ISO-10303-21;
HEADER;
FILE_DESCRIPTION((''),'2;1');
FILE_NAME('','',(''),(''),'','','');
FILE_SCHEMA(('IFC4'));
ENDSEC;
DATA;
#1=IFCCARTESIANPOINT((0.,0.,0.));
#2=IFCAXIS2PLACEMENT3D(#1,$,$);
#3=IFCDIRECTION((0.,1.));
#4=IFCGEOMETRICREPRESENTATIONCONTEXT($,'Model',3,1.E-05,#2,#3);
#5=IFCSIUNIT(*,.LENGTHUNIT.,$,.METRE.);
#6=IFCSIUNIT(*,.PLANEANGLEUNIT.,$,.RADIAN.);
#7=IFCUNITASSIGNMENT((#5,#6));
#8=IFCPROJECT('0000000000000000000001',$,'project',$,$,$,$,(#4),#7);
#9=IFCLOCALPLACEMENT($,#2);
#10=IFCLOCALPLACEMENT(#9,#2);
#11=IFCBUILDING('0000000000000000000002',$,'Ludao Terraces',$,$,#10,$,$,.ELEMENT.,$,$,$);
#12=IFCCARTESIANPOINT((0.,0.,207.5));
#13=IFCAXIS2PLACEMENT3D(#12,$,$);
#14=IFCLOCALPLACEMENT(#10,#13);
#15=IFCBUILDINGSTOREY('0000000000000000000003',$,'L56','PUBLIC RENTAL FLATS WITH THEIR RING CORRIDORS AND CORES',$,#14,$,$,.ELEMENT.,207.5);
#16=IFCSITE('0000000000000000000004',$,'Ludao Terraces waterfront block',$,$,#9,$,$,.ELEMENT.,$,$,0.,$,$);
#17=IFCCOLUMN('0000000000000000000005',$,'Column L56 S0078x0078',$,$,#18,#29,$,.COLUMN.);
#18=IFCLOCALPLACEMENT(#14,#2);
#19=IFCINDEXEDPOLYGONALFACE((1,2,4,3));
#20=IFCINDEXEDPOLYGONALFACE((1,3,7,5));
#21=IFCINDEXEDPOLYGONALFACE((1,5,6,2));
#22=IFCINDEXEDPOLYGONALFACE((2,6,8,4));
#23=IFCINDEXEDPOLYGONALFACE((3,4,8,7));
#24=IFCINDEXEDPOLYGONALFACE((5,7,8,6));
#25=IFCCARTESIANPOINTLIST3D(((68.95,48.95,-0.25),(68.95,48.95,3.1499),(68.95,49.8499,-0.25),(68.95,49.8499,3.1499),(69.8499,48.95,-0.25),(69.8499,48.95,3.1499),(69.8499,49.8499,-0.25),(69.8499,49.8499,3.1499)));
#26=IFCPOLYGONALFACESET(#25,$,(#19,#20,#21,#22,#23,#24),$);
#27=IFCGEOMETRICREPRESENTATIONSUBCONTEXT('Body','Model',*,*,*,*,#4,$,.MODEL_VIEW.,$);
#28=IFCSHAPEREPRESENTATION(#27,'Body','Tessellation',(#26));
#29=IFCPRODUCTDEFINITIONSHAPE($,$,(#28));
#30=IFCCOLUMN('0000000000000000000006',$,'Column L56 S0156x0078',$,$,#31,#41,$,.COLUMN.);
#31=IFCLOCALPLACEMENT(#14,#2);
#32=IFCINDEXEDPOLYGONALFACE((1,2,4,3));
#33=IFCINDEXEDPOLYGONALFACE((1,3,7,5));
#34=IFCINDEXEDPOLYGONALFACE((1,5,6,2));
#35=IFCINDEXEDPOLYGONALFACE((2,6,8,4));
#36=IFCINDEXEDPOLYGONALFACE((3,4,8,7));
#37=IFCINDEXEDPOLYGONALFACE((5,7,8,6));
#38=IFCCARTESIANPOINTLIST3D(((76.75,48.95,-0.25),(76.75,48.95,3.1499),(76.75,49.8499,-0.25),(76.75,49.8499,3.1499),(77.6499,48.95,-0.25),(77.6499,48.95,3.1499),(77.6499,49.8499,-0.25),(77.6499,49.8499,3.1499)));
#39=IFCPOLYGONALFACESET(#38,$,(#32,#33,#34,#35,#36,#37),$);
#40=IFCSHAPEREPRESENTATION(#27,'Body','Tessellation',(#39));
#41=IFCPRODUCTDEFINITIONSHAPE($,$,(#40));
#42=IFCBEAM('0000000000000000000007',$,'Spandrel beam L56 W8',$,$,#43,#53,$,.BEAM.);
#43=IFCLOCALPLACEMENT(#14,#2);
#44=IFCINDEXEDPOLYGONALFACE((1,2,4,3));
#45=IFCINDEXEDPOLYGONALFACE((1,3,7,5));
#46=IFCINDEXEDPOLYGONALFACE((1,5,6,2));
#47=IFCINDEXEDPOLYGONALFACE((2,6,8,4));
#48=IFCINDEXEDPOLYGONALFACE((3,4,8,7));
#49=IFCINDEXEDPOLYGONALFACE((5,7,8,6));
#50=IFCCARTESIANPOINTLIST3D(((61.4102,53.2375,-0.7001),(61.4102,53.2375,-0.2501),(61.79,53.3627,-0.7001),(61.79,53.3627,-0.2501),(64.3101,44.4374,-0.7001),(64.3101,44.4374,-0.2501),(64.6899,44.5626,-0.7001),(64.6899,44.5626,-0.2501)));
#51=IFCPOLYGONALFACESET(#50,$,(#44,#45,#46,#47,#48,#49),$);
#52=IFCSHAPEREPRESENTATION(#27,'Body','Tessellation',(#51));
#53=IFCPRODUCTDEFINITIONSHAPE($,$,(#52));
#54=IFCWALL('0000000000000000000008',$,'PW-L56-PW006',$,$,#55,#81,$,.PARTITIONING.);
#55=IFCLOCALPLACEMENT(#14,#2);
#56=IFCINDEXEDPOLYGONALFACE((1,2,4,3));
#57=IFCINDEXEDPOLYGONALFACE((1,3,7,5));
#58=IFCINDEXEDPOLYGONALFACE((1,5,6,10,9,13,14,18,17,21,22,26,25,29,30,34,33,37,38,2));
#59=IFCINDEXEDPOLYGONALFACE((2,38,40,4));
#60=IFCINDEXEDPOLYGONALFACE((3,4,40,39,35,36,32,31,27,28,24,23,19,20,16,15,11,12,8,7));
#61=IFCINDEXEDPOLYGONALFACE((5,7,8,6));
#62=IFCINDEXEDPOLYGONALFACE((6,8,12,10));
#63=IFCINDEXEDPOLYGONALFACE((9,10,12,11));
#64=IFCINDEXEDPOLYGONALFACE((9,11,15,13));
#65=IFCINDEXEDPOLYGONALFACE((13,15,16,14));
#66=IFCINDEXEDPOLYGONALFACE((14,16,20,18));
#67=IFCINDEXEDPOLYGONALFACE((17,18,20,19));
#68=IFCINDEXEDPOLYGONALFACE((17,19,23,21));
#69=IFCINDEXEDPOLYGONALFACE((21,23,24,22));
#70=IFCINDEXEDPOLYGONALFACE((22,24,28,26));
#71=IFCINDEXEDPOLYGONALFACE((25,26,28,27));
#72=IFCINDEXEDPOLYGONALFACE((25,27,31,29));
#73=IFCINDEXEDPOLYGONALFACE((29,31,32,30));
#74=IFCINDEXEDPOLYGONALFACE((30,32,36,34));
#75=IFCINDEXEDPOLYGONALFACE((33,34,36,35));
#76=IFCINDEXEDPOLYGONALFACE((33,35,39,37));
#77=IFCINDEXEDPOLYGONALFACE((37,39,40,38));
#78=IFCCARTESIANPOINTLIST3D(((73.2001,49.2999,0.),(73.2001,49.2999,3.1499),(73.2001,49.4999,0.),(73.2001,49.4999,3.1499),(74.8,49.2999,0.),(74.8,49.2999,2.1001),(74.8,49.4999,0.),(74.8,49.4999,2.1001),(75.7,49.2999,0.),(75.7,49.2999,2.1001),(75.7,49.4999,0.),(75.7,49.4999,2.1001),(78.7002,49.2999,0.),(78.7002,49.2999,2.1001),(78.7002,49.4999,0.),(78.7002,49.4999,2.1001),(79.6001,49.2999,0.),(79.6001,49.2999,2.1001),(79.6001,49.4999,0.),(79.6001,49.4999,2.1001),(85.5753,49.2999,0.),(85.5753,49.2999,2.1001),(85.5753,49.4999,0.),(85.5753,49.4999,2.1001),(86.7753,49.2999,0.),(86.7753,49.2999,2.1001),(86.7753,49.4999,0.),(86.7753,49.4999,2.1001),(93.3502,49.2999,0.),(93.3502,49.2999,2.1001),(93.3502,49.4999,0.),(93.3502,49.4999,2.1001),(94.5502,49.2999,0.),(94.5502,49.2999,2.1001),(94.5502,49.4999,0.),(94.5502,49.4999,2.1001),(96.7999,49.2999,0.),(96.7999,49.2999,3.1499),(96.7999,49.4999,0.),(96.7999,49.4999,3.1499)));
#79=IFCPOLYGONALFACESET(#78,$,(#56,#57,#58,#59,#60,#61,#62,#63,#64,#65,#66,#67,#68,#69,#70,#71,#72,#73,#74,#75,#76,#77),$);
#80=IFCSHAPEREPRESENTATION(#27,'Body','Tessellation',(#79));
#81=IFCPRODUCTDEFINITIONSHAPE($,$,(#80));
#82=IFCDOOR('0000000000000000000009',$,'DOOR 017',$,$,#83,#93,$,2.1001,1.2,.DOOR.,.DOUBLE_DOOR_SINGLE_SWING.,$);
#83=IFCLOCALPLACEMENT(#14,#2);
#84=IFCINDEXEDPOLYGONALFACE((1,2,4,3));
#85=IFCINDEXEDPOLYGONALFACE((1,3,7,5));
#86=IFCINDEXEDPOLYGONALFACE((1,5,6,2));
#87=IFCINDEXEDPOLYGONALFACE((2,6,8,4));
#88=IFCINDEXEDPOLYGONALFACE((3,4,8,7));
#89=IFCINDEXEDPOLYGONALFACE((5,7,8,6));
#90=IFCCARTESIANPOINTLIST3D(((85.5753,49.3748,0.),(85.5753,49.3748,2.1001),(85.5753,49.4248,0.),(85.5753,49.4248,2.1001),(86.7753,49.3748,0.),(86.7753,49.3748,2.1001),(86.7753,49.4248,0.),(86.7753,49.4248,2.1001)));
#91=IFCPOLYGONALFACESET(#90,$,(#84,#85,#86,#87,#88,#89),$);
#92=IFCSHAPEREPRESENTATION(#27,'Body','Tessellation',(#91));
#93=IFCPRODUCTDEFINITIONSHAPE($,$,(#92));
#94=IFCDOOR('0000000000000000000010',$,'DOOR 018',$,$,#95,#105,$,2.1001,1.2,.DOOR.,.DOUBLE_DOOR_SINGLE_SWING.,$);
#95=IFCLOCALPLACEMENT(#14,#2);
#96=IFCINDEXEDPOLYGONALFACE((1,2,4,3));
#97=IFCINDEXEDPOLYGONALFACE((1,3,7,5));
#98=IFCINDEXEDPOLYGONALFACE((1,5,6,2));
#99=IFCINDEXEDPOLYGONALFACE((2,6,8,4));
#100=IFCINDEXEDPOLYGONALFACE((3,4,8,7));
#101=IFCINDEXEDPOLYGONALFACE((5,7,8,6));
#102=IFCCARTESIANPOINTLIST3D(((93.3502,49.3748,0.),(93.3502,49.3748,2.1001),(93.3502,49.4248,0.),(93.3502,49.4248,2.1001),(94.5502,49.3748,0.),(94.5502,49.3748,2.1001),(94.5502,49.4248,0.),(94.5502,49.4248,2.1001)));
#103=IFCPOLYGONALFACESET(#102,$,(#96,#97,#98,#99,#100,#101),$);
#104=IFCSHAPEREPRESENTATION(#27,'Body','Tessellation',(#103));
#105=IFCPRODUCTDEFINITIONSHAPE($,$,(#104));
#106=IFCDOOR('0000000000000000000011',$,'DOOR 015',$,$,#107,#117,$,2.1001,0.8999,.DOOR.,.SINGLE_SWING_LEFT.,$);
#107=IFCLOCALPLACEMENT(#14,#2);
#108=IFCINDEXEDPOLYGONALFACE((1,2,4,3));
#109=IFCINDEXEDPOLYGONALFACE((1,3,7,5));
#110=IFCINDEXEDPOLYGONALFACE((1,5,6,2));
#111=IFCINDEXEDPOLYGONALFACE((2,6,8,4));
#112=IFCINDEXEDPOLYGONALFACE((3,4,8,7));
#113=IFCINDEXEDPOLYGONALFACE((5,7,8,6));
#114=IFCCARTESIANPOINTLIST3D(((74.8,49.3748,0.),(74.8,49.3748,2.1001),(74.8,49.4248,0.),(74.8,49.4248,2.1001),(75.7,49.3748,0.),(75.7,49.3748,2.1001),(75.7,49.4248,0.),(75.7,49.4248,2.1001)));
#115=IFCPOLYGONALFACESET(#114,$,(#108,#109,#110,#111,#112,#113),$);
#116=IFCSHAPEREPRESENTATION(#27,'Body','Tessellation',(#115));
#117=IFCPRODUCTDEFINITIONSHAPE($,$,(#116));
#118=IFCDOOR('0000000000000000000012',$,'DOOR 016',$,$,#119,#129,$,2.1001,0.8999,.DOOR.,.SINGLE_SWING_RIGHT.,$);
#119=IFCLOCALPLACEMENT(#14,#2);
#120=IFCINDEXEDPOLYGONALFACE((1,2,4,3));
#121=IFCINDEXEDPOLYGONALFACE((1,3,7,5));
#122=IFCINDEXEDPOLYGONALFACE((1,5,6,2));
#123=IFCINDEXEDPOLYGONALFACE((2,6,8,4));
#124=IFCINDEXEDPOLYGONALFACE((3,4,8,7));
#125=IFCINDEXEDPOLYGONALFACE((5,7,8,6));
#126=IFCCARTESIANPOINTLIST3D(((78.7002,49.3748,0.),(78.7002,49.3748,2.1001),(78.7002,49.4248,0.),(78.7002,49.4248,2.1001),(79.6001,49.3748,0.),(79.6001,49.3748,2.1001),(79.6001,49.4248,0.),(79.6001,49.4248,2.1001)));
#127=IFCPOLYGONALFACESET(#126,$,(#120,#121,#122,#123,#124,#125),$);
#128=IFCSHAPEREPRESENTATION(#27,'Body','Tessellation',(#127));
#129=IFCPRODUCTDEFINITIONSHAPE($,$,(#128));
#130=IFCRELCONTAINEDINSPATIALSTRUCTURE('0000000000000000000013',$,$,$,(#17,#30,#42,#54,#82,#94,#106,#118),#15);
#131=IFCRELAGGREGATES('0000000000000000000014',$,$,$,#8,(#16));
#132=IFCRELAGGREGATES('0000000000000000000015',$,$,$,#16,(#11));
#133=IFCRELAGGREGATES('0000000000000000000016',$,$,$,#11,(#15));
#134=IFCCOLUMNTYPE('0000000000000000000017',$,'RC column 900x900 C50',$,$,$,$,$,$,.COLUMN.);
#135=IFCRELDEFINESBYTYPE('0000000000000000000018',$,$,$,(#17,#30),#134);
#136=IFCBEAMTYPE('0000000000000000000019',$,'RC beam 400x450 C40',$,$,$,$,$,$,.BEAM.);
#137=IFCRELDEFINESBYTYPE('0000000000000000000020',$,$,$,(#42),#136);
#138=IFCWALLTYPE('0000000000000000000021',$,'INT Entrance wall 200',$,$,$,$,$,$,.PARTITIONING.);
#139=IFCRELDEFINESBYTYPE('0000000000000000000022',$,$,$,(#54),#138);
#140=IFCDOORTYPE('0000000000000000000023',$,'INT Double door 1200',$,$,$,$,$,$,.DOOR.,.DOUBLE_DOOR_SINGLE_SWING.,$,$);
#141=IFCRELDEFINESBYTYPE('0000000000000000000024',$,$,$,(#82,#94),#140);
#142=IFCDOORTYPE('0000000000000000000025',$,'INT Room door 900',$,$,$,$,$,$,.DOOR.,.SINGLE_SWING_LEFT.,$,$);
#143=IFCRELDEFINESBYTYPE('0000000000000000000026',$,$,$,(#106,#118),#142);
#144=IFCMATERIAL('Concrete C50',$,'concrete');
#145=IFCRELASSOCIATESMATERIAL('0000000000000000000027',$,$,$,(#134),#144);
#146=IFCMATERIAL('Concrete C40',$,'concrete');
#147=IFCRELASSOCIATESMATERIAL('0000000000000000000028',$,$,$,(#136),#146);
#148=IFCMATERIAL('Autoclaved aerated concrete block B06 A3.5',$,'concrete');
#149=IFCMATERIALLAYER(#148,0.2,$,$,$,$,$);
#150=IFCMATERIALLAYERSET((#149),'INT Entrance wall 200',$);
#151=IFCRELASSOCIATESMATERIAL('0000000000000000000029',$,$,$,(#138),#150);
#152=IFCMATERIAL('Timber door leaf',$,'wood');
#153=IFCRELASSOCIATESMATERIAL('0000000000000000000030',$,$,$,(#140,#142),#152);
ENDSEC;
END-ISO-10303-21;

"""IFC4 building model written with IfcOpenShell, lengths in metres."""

from ifc_helpers import new_model, si_unit, direction, frame, frame_2d, origin, origin_2d, place, context, subcontext, project, spatial, rectangle, extrude, material, layer, layer_set, material_profile, profile_set, type_object, element, fill, save


model = new_model("IFC4")

# Units and contexts
model_context = context("Model", 3, precision=1e-05, world=origin(), true_north=direction((0.0, 1.0)))
body_context = subcontext(model_context, "Body", "Model", "MODEL_VIEW")
ifc_project = project(units=[si_unit("LENGTHUNIT", "METRE"), si_unit("PLANEANGLEUNIT", "RADIAN")], contexts=[model_context])

# Site, building, storey
site_placement = place(None, origin())
site = spatial("IfcSite", under=ifc_project, at=site_placement, Name="Ludao Terraces waterfront block", CompositionType="ELEMENT", RefElevation=0.0)
building_placement = place(site_placement, origin())
building = spatial("IfcBuilding", under=site, at=building_placement, Name="Ludao Terraces", CompositionType="ELEMENT")
storey_placement = place(building_placement, frame((0.0, 0.0, 207.5)))
storey = spatial("IfcBuildingStorey", under=building, at=storey_placement, Name="L56", Description="PUBLIC RENTAL FLATS WITH THEIR RING CORRIDORS AND CORES", CompositionType="ELEMENT", Elevation=207.5)

# Columns
ifc_material_1 = material(Name="Concrete C50", Category="concrete")
ifc_material_profile_1 = material_profile(ifc_material_1, rectangle(XDim=0.8999, YDim=0.8999, at=origin_2d()), Name="900 X 900")
ifc_profile_set_1 = profile_set([ifc_material_profile_1], Name="Concrete C50")
column_type = type_object("IfcColumnType", Name="RC column 900x900 C50", PredefinedType="COLUMN", material=ifc_profile_set_1)
for number, where, z_axis, x_axis, name in (
    (1, (69.3999, 49.3999, -0.25), (0.0, 0.0, 1.0), (1.0, 0.0, 0.0), "Column L56 S0078x0078"),
    (2, (77.2, 49.3999, -0.25), (0.0, 0.0, 1.0), (1.0, 0.0, 0.0), "Column L56 S0156x0078"),
):
    element("IfcColumn", number, at=place(storey_placement, frame(where, z_axis=z_axis, x_axis=x_axis)), inside=storey, type_object=column_type, Name=name, PredefinedType="COLUMN", context=body_context, shape_type="SweptSolid", body=[
        extrude(rectangle(XDim=0.8999, YDim=0.8999, at=origin_2d()), origin(), (0.0, 0.0, 1.0), 3.3999),
    ])

# Beam
ifc_material_2 = material(Name="Concrete C40", Category="concrete")
ifc_material_profile_2 = material_profile(ifc_material_2, rectangle(XDim=0.3999, YDim=0.45, at=origin_2d()), Name="400 X 450")
ifc_profile_set_2 = profile_set([ifc_material_profile_2], Name="Concrete C40")
beam_type = type_object("IfcBeamType", Name="RC beam 400x450 C40", PredefinedType="BEAM", material=ifc_profile_set_2)
beam_placement = place(storey_placement, frame((64.5, 44.5, -0.4751), z_axis=(-0.312977, 0.949761, 0.0), x_axis=(-0.949761, -0.312977, 0.0)))
element("IfcBeam", 3, at=beam_placement, inside=storey, type_object=beam_type, Name="Spandrel beam L56 W8", PredefinedType="BEAM", context=body_context, shape_type="SweptSolid", body=[
    extrude(rectangle(XDim=0.3999, YDim=0.45, at=origin_2d()), origin(), (0.0, 0.0, 1.0), 9.2656),
])

# Wall, openings, doors
ifc_material_3 = material(Name="Autoclaved aerated concrete block B06 A3.5", Category="concrete")
ifc_layer_1 = layer(ifc_material_3, 0.2)
ifc_layer_set_1 = layer_set([ifc_layer_1], Name="INT Entrance wall 200")
wall_type_1 = type_object("IfcWallType", Name="INT Entrance wall 200", PredefinedType="PARTITIONING", material=ifc_layer_set_1)
wall_1_placement = place(storey_placement, frame((73.2002, 49.3999, 0.0), z_axis=(0.0, 0.0, 1.0), x_axis=(1.0, 0.0, 0.0)))
wall_1 = element("IfcWall", 4, at=wall_1_placement, inside=storey, type_object=wall_type_1, Name="PW-L56-PW006", PredefinedType="PARTITIONING", context=body_context, shape_type="SweptSolid", body=[
    extrude(rectangle(XDim=23.5999, YDim=0.2, at=frame_2d((11.7998, 0.0))), origin(), (0.0, 0.0, 1.0), 3.1499),
])
opening_1_placement = place(wall_1_placement, frame((1.5999, 0.0, 0.0)))
opening_1 = element("IfcOpeningElement", 5, at=opening_1_placement, cuts=wall_1, PredefinedType="OPENING", context=body_context, shape_type="SweptSolid", body=[
    extrude(rectangle(XDim=0.8999, YDim=2.1001, at=frame_2d((0.45, 1.05))), frame((0.0, 0.1099, 0.0), z_axis=(0.0, -1.0, 0.0), x_axis=(1.0, 0.0, 0.0)), (0.0, 0.0, 1.0), 0.22),
])
opening_2_placement = place(wall_1_placement, frame((5.5, 0.0, 0.0)))
opening_2 = element("IfcOpeningElement", 6, at=opening_2_placement, cuts=wall_1, PredefinedType="OPENING", context=body_context, shape_type="SweptSolid", body=[
    extrude(rectangle(XDim=0.8999, YDim=2.1001, at=frame_2d((0.45, 1.05))), frame((0.0, 0.1099, 0.0), z_axis=(0.0, -1.0, 0.0), x_axis=(1.0, 0.0, 0.0)), (0.0, 0.0, 1.0), 0.22),
])
opening_3_placement = place(wall_1_placement, frame((12.375, 0.0, 0.0)))
opening_3 = element("IfcOpeningElement", 7, at=opening_3_placement, cuts=wall_1, PredefinedType="OPENING", context=body_context, shape_type="SweptSolid", body=[
    extrude(rectangle(XDim=1.2, YDim=2.1001, at=frame_2d((0.6001, 1.05))), frame((0.0, 0.1099, 0.0), z_axis=(0.0, -1.0, 0.0), x_axis=(1.0, 0.0, 0.0)), (0.0, 0.0, 1.0), 0.22),
])
opening_4_placement = place(wall_1_placement, frame((20.1499, 0.0, 0.0)))
opening_4 = element("IfcOpeningElement", 8, at=opening_4_placement, cuts=wall_1, PredefinedType="OPENING", context=body_context, shape_type="SweptSolid", body=[
    extrude(rectangle(XDim=1.2, YDim=2.1001, at=frame_2d((0.6001, 1.05))), frame((0.0, 0.1099, 0.0), z_axis=(0.0, -1.0, 0.0), x_axis=(1.0, 0.0, 0.0)), (0.0, 0.0, 1.0), 0.22),
])
ifc_material_4 = material(Name="Timber door leaf", Category="wood")
door_type_1 = type_object("IfcDoorType", Name="INT Double door 1200", OperationType="DOUBLE_DOOR_SINGLE_SWING", PredefinedType="DOOR", material=ifc_material_4)
door_1_placement = place(opening_3_placement, origin())
door_1 = element("IfcDoor", 9, at=door_1_placement, inside=storey, type_object=door_type_1, Name="DOOR 017", OperationType="DOUBLE_DOOR_SINGLE_SWING", OverallHeight=2.1001, OverallWidth=1.2, PredefinedType="DOOR", context=body_context, shape_type="SweptSolid", body=[
    extrude(rectangle(XDim=1.2, YDim=2.1001, at=frame_2d((0.6001, 1.05))), frame((0.0, 0.0249, 0.0), z_axis=(0.0, -1.0, 0.0), x_axis=(1.0, 0.0, 0.0)), (0.0, 0.0, 1.0), 0.05),
])
fill(opening_3, door_1)
door_2_placement = place(opening_4_placement, origin())
door_2 = element("IfcDoor", 10, at=door_2_placement, inside=storey, type_object=door_type_1, Name="DOOR 018", OperationType="DOUBLE_DOOR_SINGLE_SWING", OverallHeight=2.1001, OverallWidth=1.2, PredefinedType="DOOR", context=body_context, shape_type="SweptSolid", body=[
    extrude(rectangle(XDim=1.2, YDim=2.1001, at=frame_2d((0.6001, 1.05))), frame((0.0, 0.0249, 0.0), z_axis=(0.0, -1.0, 0.0), x_axis=(1.0, 0.0, 0.0)), (0.0, 0.0, 1.0), 0.05),
])
fill(opening_4, door_2)
door_type_2 = type_object("IfcDoorType", Name="INT Room door 900", OperationType="SINGLE_SWING_LEFT", PredefinedType="DOOR", material=ifc_material_4)
door_3_placement = place(opening_1_placement, origin())
door_3 = element("IfcDoor", 11, at=door_3_placement, inside=storey, type_object=door_type_2, Name="DOOR 015", OperationType="SINGLE_SWING_LEFT", OverallHeight=2.1001, OverallWidth=0.8999, PredefinedType="DOOR", context=body_context, shape_type="SweptSolid", body=[
    extrude(rectangle(XDim=0.8999, YDim=2.1001, at=frame_2d((0.45, 1.05))), frame((0.0, 0.0249, 0.0), z_axis=(0.0, -1.0, 0.0), x_axis=(1.0, 0.0, 0.0)), (0.0, 0.0, 1.0), 0.05),
])
fill(opening_1, door_3)
door_4_placement = place(opening_2_placement, origin())
door_4 = element("IfcDoor", 12, at=door_4_placement, inside=storey, type_object=door_type_2, Name="DOOR 016", OperationType="SINGLE_SWING_RIGHT", OverallHeight=2.1001, OverallWidth=0.8999, PredefinedType="DOOR", context=body_context, shape_type="SweptSolid", body=[
    extrude(rectangle(XDim=0.8999, YDim=2.1001, at=frame_2d((0.45, 1.05))), frame((0.0, 0.0249, 0.0), z_axis=(0.0, -1.0, 0.0), x_axis=(1.0, 0.0, 0.0)), (0.0, 0.0, 1.0), 0.05),
])
fill(opening_2, door_4)

save(model, "model.ifc")
